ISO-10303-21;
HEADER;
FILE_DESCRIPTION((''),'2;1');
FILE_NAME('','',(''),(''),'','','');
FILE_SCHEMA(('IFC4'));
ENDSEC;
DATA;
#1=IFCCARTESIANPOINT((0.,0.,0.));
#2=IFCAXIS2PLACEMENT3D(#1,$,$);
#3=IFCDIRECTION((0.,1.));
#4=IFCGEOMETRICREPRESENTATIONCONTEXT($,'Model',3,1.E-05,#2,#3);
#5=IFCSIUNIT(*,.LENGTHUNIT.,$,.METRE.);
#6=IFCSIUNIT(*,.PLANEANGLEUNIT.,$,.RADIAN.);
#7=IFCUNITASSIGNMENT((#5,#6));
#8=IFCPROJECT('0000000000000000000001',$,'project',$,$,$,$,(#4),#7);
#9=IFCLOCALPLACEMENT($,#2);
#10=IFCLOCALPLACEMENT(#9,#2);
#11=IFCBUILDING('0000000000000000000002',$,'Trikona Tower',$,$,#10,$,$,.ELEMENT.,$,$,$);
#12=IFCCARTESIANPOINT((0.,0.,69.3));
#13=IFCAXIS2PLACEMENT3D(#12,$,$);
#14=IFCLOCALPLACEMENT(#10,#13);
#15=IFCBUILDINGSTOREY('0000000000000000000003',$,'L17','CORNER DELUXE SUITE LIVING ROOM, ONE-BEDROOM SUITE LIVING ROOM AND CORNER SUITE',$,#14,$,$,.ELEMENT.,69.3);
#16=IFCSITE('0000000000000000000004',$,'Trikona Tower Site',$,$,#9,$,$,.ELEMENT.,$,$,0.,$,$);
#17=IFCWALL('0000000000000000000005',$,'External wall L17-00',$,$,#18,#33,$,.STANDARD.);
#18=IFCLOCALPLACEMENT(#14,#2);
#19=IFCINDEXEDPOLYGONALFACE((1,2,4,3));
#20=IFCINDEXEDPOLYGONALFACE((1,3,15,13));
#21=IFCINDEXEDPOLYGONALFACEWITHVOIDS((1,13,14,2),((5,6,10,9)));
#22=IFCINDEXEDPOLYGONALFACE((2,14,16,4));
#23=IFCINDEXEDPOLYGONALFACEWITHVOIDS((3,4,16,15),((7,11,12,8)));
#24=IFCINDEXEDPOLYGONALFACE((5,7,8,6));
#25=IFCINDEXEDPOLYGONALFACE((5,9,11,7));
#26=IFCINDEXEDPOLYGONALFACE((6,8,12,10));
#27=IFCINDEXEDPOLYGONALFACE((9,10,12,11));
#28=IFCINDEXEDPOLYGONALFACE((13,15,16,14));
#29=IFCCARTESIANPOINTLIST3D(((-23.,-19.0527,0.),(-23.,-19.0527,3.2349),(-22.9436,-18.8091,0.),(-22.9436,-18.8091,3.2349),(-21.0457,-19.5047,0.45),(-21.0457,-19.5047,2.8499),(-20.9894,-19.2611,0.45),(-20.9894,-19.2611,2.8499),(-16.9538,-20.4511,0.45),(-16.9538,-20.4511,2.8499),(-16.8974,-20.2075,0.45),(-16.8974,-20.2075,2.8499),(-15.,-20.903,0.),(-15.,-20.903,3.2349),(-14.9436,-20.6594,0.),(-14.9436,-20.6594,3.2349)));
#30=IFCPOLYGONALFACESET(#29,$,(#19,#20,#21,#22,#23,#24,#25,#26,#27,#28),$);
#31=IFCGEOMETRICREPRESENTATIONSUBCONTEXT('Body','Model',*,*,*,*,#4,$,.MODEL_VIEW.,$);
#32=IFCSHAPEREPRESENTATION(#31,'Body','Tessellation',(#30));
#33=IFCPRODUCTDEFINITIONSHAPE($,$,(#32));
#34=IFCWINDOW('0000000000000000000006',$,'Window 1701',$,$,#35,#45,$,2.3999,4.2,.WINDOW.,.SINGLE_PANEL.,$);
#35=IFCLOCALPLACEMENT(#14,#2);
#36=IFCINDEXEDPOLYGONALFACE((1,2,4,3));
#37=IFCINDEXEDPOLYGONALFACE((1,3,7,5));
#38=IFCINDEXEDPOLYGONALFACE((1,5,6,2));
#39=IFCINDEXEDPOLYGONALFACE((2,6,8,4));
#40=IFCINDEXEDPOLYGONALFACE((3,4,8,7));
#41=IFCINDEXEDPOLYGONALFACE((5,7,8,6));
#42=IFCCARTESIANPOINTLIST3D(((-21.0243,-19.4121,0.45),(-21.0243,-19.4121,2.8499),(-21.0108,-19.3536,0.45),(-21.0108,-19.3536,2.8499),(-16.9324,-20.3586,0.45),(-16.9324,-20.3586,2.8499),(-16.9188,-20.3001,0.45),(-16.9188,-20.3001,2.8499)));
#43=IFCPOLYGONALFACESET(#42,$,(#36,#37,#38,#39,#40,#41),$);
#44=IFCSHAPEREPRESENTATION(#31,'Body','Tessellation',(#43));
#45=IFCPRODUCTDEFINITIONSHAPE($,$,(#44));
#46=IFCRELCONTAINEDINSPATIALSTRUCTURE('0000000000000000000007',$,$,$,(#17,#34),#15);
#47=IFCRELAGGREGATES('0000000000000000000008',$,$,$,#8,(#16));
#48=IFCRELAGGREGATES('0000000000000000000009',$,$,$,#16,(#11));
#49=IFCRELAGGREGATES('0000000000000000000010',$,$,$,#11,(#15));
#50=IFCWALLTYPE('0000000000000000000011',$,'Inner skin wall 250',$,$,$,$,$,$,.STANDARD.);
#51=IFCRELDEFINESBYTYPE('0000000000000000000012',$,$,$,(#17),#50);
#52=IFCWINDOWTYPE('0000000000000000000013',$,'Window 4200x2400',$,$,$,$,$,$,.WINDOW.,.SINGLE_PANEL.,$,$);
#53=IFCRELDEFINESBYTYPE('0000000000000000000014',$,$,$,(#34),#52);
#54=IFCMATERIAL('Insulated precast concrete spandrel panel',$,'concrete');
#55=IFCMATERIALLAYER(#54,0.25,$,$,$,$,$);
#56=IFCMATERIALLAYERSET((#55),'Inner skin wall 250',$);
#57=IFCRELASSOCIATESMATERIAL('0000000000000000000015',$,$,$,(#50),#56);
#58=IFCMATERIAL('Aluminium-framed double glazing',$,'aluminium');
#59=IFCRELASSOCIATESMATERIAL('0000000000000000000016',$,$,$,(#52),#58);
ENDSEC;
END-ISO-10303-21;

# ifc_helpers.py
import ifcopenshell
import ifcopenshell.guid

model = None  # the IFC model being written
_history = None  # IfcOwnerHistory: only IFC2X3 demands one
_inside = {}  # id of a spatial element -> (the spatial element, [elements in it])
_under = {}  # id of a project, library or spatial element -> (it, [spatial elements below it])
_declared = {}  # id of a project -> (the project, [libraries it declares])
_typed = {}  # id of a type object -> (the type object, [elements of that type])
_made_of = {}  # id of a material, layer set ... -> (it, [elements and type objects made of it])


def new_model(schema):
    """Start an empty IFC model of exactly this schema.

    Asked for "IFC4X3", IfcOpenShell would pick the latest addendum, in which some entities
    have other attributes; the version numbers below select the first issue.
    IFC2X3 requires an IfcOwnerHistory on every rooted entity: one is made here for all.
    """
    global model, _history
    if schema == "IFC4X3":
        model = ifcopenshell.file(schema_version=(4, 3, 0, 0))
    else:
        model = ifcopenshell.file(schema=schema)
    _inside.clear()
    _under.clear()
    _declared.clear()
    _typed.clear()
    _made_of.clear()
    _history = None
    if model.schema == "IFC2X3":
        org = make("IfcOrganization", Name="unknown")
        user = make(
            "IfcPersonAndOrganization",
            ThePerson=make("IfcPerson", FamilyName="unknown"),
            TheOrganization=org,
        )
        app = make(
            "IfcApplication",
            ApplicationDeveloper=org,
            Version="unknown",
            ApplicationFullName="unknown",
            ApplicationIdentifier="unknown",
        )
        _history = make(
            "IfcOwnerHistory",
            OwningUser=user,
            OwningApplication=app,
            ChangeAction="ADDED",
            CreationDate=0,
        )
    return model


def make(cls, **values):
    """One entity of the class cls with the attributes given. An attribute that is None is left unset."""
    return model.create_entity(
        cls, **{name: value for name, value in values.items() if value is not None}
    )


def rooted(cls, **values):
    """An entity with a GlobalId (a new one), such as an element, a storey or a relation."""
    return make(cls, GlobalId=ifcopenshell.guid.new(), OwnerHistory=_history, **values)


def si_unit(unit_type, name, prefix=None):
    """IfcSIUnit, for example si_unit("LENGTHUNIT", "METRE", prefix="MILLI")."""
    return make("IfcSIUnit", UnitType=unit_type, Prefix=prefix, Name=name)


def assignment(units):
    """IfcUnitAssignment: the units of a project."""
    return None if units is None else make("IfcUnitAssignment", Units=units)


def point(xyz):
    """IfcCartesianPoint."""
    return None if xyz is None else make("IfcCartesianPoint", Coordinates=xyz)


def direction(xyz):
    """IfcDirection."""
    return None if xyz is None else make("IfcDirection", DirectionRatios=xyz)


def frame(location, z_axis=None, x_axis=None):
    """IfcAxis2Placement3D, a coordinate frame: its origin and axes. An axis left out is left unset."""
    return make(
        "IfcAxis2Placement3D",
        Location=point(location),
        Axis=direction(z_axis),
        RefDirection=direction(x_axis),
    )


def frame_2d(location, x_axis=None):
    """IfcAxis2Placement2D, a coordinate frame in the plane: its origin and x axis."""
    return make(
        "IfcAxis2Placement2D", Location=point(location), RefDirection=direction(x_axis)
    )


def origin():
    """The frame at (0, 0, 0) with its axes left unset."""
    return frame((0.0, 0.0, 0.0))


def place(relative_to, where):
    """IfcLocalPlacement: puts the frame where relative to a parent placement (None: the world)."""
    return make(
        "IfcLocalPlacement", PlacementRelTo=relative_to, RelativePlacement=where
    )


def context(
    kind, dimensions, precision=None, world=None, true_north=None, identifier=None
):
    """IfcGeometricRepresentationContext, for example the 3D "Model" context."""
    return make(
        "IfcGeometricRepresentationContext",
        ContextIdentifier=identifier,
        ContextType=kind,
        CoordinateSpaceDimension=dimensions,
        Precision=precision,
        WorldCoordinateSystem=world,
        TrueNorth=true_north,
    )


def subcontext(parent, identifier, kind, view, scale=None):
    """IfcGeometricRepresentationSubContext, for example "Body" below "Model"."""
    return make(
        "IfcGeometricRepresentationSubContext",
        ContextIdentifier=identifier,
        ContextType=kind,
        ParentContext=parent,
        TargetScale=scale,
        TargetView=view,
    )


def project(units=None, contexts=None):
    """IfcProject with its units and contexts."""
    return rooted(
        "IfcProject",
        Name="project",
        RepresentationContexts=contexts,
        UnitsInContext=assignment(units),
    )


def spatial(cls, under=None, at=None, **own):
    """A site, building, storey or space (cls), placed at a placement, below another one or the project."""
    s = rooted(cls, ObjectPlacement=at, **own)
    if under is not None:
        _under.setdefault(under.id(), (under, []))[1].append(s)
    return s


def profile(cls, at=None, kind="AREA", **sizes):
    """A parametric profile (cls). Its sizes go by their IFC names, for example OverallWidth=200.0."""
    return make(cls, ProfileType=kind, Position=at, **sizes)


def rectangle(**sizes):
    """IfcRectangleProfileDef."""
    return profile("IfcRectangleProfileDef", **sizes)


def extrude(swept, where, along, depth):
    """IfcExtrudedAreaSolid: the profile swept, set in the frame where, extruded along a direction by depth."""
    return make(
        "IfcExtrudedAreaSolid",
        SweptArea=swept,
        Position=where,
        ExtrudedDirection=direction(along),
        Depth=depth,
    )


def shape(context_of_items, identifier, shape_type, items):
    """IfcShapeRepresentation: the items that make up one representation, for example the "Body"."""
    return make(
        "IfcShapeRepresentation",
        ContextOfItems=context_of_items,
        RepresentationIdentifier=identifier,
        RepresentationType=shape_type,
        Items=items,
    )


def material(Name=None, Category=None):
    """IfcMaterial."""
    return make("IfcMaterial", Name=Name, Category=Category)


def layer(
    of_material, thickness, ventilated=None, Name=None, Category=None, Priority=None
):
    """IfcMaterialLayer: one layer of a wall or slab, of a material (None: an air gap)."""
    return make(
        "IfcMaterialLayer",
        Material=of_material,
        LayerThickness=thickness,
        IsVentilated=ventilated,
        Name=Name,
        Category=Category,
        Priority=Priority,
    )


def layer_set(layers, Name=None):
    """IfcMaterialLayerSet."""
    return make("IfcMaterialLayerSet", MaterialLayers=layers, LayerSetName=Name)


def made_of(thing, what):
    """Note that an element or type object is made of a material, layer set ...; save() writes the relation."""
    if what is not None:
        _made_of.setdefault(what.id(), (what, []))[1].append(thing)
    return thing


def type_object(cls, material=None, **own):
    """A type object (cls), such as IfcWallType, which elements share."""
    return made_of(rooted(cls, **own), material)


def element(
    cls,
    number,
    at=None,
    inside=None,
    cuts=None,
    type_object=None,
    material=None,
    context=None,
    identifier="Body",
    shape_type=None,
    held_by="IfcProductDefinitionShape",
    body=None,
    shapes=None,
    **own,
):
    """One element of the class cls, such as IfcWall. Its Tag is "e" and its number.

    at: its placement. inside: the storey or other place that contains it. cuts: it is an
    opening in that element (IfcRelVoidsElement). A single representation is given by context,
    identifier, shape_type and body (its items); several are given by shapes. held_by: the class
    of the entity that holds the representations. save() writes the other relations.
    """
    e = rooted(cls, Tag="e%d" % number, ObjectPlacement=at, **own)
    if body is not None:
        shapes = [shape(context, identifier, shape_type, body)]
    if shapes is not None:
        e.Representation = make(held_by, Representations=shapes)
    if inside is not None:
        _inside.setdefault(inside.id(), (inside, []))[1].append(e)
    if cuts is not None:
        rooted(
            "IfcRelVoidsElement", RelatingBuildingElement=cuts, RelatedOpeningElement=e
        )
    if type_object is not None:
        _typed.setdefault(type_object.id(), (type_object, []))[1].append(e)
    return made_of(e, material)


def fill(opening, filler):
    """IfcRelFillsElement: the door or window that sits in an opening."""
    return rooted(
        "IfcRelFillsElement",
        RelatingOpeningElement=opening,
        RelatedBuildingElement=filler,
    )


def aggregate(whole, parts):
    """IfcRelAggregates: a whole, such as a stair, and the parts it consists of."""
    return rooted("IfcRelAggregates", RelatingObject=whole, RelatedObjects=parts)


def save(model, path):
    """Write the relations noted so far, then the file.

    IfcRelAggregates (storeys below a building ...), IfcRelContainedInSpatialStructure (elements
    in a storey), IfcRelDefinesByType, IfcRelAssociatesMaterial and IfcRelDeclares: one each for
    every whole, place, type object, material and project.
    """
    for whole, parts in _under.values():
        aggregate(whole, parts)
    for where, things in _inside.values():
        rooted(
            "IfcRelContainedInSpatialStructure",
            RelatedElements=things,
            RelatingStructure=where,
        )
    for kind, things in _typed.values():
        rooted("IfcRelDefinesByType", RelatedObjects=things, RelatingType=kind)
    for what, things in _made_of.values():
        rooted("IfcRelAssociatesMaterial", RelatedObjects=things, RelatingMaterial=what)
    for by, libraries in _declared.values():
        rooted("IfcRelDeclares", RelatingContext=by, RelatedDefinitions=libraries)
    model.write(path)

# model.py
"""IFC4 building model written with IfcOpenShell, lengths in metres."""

from ifc_helpers import new_model, si_unit, direction, frame, frame_2d, origin, place, context, subcontext, project, spatial, rectangle, extrude, material, layer, layer_set, type_object, element, fill, save


model = new_model("IFC4")

# Units and contexts
model_context = context("Model", 3, precision=1e-05, world=origin(), true_north=direction((0.0, 1.0)))
body_context = subcontext(model_context, "Body", "Model", "MODEL_VIEW")
ifc_project = project(units=[si_unit("LENGTHUNIT", "METRE"), si_unit("PLANEANGLEUNIT", "RADIAN")], contexts=[model_context])

# Site, building, storey
site_placement = place(None, origin())
site = spatial("IfcSite", under=ifc_project, at=site_placement, Name="Trikona Tower Site", CompositionType="ELEMENT", RefElevation=0.0)
building_placement = place(site_placement, origin())
building = spatial("IfcBuilding", under=site, at=building_placement, Name="Trikona Tower", CompositionType="ELEMENT")
storey_placement = place(building_placement, frame((0.0, 0.0, 69.3)))
storey = spatial("IfcBuildingStorey", under=building, at=storey_placement, Name="L17", Description="CORNER DELUXE SUITE LIVING ROOM, ONE-BEDROOM SUITE LIVING ROOM AND CORNER SUITE", CompositionType="ELEMENT", Elevation=69.3)

# Wall, opening, window
ifc_material_1 = material(Name="Insulated precast concrete spandrel panel", Category="concrete")
ifc_layer_1 = layer(ifc_material_1, 0.25)
ifc_layer_set_1 = layer_set([ifc_layer_1], Name="Inner skin wall 250")
wall_type_1 = type_object("IfcWallType", Name="Inner skin wall 250", PredefinedType="STANDARD", material=ifc_layer_set_1)
wall_1_placement = place(storey_placement, frame((-22.9717, -18.9309, 0.0), z_axis=(0.0, 0.0, 1.0), x_axis=(0.974279, -0.225344, 0.0)))
wall_1 = element("IfcWall", 1, at=wall_1_placement, inside=storey, type_object=wall_type_1, Name="External wall L17-00", PredefinedType="STANDARD", context=body_context, shape_type="SweptSolid", body=[
    extrude(rectangle(XDim=8.2112, YDim=0.25, at=frame_2d((4.1055, 0.0))), origin(), (0.0, 0.0, 1.0), 3.2349),
])
opening_1_placement = place(wall_1_placement, frame((2.0056, 0.0, 0.45)))
opening_1 = element("IfcOpeningElement", 2, at=opening_1_placement, cuts=wall_1, PredefinedType="OPENING", context=body_context, shape_type="SweptSolid", body=[
    extrude(rectangle(XDim=4.2, YDim=2.3999, at=frame_2d((2.1001, 1.2))), frame((0.0, 0.135, 0.0), z_axis=(0.0, -1.0, 0.0), x_axis=(1.0, 0.0, 0.0)), (0.0, 0.0, 1.0), 0.27),
])
ifc_material_2 = material(Name="Aluminium-framed double glazing", Category="aluminium")
window_type_1 = type_object("IfcWindowType", Name="Window 4200x2400", PartitioningType="SINGLE_PANEL", PredefinedType="WINDOW", material=ifc_material_2)
window_1_placement = place(opening_1_placement, origin())
window_1 = element("IfcWindow", 3, at=window_1_placement, inside=storey, type_object=window_type_1, Name="Window 1701", OverallHeight=2.3999, OverallWidth=4.2, PartitioningType="SINGLE_PANEL", PredefinedType="WINDOW", context=body_context, shape_type="SweptSolid", body=[
    extrude(rectangle(XDim=4.2, YDim=2.3999, at=frame_2d((2.1001, 1.2))), frame((0.0, 0.03, 0.0), z_axis=(0.0, -1.0, 0.0), x_axis=(1.0, 0.0, 0.0)), (0.0, 0.0, 1.0), 0.0601),
])
fill(opening_1, window_1)

save(model, "model.ifc")
